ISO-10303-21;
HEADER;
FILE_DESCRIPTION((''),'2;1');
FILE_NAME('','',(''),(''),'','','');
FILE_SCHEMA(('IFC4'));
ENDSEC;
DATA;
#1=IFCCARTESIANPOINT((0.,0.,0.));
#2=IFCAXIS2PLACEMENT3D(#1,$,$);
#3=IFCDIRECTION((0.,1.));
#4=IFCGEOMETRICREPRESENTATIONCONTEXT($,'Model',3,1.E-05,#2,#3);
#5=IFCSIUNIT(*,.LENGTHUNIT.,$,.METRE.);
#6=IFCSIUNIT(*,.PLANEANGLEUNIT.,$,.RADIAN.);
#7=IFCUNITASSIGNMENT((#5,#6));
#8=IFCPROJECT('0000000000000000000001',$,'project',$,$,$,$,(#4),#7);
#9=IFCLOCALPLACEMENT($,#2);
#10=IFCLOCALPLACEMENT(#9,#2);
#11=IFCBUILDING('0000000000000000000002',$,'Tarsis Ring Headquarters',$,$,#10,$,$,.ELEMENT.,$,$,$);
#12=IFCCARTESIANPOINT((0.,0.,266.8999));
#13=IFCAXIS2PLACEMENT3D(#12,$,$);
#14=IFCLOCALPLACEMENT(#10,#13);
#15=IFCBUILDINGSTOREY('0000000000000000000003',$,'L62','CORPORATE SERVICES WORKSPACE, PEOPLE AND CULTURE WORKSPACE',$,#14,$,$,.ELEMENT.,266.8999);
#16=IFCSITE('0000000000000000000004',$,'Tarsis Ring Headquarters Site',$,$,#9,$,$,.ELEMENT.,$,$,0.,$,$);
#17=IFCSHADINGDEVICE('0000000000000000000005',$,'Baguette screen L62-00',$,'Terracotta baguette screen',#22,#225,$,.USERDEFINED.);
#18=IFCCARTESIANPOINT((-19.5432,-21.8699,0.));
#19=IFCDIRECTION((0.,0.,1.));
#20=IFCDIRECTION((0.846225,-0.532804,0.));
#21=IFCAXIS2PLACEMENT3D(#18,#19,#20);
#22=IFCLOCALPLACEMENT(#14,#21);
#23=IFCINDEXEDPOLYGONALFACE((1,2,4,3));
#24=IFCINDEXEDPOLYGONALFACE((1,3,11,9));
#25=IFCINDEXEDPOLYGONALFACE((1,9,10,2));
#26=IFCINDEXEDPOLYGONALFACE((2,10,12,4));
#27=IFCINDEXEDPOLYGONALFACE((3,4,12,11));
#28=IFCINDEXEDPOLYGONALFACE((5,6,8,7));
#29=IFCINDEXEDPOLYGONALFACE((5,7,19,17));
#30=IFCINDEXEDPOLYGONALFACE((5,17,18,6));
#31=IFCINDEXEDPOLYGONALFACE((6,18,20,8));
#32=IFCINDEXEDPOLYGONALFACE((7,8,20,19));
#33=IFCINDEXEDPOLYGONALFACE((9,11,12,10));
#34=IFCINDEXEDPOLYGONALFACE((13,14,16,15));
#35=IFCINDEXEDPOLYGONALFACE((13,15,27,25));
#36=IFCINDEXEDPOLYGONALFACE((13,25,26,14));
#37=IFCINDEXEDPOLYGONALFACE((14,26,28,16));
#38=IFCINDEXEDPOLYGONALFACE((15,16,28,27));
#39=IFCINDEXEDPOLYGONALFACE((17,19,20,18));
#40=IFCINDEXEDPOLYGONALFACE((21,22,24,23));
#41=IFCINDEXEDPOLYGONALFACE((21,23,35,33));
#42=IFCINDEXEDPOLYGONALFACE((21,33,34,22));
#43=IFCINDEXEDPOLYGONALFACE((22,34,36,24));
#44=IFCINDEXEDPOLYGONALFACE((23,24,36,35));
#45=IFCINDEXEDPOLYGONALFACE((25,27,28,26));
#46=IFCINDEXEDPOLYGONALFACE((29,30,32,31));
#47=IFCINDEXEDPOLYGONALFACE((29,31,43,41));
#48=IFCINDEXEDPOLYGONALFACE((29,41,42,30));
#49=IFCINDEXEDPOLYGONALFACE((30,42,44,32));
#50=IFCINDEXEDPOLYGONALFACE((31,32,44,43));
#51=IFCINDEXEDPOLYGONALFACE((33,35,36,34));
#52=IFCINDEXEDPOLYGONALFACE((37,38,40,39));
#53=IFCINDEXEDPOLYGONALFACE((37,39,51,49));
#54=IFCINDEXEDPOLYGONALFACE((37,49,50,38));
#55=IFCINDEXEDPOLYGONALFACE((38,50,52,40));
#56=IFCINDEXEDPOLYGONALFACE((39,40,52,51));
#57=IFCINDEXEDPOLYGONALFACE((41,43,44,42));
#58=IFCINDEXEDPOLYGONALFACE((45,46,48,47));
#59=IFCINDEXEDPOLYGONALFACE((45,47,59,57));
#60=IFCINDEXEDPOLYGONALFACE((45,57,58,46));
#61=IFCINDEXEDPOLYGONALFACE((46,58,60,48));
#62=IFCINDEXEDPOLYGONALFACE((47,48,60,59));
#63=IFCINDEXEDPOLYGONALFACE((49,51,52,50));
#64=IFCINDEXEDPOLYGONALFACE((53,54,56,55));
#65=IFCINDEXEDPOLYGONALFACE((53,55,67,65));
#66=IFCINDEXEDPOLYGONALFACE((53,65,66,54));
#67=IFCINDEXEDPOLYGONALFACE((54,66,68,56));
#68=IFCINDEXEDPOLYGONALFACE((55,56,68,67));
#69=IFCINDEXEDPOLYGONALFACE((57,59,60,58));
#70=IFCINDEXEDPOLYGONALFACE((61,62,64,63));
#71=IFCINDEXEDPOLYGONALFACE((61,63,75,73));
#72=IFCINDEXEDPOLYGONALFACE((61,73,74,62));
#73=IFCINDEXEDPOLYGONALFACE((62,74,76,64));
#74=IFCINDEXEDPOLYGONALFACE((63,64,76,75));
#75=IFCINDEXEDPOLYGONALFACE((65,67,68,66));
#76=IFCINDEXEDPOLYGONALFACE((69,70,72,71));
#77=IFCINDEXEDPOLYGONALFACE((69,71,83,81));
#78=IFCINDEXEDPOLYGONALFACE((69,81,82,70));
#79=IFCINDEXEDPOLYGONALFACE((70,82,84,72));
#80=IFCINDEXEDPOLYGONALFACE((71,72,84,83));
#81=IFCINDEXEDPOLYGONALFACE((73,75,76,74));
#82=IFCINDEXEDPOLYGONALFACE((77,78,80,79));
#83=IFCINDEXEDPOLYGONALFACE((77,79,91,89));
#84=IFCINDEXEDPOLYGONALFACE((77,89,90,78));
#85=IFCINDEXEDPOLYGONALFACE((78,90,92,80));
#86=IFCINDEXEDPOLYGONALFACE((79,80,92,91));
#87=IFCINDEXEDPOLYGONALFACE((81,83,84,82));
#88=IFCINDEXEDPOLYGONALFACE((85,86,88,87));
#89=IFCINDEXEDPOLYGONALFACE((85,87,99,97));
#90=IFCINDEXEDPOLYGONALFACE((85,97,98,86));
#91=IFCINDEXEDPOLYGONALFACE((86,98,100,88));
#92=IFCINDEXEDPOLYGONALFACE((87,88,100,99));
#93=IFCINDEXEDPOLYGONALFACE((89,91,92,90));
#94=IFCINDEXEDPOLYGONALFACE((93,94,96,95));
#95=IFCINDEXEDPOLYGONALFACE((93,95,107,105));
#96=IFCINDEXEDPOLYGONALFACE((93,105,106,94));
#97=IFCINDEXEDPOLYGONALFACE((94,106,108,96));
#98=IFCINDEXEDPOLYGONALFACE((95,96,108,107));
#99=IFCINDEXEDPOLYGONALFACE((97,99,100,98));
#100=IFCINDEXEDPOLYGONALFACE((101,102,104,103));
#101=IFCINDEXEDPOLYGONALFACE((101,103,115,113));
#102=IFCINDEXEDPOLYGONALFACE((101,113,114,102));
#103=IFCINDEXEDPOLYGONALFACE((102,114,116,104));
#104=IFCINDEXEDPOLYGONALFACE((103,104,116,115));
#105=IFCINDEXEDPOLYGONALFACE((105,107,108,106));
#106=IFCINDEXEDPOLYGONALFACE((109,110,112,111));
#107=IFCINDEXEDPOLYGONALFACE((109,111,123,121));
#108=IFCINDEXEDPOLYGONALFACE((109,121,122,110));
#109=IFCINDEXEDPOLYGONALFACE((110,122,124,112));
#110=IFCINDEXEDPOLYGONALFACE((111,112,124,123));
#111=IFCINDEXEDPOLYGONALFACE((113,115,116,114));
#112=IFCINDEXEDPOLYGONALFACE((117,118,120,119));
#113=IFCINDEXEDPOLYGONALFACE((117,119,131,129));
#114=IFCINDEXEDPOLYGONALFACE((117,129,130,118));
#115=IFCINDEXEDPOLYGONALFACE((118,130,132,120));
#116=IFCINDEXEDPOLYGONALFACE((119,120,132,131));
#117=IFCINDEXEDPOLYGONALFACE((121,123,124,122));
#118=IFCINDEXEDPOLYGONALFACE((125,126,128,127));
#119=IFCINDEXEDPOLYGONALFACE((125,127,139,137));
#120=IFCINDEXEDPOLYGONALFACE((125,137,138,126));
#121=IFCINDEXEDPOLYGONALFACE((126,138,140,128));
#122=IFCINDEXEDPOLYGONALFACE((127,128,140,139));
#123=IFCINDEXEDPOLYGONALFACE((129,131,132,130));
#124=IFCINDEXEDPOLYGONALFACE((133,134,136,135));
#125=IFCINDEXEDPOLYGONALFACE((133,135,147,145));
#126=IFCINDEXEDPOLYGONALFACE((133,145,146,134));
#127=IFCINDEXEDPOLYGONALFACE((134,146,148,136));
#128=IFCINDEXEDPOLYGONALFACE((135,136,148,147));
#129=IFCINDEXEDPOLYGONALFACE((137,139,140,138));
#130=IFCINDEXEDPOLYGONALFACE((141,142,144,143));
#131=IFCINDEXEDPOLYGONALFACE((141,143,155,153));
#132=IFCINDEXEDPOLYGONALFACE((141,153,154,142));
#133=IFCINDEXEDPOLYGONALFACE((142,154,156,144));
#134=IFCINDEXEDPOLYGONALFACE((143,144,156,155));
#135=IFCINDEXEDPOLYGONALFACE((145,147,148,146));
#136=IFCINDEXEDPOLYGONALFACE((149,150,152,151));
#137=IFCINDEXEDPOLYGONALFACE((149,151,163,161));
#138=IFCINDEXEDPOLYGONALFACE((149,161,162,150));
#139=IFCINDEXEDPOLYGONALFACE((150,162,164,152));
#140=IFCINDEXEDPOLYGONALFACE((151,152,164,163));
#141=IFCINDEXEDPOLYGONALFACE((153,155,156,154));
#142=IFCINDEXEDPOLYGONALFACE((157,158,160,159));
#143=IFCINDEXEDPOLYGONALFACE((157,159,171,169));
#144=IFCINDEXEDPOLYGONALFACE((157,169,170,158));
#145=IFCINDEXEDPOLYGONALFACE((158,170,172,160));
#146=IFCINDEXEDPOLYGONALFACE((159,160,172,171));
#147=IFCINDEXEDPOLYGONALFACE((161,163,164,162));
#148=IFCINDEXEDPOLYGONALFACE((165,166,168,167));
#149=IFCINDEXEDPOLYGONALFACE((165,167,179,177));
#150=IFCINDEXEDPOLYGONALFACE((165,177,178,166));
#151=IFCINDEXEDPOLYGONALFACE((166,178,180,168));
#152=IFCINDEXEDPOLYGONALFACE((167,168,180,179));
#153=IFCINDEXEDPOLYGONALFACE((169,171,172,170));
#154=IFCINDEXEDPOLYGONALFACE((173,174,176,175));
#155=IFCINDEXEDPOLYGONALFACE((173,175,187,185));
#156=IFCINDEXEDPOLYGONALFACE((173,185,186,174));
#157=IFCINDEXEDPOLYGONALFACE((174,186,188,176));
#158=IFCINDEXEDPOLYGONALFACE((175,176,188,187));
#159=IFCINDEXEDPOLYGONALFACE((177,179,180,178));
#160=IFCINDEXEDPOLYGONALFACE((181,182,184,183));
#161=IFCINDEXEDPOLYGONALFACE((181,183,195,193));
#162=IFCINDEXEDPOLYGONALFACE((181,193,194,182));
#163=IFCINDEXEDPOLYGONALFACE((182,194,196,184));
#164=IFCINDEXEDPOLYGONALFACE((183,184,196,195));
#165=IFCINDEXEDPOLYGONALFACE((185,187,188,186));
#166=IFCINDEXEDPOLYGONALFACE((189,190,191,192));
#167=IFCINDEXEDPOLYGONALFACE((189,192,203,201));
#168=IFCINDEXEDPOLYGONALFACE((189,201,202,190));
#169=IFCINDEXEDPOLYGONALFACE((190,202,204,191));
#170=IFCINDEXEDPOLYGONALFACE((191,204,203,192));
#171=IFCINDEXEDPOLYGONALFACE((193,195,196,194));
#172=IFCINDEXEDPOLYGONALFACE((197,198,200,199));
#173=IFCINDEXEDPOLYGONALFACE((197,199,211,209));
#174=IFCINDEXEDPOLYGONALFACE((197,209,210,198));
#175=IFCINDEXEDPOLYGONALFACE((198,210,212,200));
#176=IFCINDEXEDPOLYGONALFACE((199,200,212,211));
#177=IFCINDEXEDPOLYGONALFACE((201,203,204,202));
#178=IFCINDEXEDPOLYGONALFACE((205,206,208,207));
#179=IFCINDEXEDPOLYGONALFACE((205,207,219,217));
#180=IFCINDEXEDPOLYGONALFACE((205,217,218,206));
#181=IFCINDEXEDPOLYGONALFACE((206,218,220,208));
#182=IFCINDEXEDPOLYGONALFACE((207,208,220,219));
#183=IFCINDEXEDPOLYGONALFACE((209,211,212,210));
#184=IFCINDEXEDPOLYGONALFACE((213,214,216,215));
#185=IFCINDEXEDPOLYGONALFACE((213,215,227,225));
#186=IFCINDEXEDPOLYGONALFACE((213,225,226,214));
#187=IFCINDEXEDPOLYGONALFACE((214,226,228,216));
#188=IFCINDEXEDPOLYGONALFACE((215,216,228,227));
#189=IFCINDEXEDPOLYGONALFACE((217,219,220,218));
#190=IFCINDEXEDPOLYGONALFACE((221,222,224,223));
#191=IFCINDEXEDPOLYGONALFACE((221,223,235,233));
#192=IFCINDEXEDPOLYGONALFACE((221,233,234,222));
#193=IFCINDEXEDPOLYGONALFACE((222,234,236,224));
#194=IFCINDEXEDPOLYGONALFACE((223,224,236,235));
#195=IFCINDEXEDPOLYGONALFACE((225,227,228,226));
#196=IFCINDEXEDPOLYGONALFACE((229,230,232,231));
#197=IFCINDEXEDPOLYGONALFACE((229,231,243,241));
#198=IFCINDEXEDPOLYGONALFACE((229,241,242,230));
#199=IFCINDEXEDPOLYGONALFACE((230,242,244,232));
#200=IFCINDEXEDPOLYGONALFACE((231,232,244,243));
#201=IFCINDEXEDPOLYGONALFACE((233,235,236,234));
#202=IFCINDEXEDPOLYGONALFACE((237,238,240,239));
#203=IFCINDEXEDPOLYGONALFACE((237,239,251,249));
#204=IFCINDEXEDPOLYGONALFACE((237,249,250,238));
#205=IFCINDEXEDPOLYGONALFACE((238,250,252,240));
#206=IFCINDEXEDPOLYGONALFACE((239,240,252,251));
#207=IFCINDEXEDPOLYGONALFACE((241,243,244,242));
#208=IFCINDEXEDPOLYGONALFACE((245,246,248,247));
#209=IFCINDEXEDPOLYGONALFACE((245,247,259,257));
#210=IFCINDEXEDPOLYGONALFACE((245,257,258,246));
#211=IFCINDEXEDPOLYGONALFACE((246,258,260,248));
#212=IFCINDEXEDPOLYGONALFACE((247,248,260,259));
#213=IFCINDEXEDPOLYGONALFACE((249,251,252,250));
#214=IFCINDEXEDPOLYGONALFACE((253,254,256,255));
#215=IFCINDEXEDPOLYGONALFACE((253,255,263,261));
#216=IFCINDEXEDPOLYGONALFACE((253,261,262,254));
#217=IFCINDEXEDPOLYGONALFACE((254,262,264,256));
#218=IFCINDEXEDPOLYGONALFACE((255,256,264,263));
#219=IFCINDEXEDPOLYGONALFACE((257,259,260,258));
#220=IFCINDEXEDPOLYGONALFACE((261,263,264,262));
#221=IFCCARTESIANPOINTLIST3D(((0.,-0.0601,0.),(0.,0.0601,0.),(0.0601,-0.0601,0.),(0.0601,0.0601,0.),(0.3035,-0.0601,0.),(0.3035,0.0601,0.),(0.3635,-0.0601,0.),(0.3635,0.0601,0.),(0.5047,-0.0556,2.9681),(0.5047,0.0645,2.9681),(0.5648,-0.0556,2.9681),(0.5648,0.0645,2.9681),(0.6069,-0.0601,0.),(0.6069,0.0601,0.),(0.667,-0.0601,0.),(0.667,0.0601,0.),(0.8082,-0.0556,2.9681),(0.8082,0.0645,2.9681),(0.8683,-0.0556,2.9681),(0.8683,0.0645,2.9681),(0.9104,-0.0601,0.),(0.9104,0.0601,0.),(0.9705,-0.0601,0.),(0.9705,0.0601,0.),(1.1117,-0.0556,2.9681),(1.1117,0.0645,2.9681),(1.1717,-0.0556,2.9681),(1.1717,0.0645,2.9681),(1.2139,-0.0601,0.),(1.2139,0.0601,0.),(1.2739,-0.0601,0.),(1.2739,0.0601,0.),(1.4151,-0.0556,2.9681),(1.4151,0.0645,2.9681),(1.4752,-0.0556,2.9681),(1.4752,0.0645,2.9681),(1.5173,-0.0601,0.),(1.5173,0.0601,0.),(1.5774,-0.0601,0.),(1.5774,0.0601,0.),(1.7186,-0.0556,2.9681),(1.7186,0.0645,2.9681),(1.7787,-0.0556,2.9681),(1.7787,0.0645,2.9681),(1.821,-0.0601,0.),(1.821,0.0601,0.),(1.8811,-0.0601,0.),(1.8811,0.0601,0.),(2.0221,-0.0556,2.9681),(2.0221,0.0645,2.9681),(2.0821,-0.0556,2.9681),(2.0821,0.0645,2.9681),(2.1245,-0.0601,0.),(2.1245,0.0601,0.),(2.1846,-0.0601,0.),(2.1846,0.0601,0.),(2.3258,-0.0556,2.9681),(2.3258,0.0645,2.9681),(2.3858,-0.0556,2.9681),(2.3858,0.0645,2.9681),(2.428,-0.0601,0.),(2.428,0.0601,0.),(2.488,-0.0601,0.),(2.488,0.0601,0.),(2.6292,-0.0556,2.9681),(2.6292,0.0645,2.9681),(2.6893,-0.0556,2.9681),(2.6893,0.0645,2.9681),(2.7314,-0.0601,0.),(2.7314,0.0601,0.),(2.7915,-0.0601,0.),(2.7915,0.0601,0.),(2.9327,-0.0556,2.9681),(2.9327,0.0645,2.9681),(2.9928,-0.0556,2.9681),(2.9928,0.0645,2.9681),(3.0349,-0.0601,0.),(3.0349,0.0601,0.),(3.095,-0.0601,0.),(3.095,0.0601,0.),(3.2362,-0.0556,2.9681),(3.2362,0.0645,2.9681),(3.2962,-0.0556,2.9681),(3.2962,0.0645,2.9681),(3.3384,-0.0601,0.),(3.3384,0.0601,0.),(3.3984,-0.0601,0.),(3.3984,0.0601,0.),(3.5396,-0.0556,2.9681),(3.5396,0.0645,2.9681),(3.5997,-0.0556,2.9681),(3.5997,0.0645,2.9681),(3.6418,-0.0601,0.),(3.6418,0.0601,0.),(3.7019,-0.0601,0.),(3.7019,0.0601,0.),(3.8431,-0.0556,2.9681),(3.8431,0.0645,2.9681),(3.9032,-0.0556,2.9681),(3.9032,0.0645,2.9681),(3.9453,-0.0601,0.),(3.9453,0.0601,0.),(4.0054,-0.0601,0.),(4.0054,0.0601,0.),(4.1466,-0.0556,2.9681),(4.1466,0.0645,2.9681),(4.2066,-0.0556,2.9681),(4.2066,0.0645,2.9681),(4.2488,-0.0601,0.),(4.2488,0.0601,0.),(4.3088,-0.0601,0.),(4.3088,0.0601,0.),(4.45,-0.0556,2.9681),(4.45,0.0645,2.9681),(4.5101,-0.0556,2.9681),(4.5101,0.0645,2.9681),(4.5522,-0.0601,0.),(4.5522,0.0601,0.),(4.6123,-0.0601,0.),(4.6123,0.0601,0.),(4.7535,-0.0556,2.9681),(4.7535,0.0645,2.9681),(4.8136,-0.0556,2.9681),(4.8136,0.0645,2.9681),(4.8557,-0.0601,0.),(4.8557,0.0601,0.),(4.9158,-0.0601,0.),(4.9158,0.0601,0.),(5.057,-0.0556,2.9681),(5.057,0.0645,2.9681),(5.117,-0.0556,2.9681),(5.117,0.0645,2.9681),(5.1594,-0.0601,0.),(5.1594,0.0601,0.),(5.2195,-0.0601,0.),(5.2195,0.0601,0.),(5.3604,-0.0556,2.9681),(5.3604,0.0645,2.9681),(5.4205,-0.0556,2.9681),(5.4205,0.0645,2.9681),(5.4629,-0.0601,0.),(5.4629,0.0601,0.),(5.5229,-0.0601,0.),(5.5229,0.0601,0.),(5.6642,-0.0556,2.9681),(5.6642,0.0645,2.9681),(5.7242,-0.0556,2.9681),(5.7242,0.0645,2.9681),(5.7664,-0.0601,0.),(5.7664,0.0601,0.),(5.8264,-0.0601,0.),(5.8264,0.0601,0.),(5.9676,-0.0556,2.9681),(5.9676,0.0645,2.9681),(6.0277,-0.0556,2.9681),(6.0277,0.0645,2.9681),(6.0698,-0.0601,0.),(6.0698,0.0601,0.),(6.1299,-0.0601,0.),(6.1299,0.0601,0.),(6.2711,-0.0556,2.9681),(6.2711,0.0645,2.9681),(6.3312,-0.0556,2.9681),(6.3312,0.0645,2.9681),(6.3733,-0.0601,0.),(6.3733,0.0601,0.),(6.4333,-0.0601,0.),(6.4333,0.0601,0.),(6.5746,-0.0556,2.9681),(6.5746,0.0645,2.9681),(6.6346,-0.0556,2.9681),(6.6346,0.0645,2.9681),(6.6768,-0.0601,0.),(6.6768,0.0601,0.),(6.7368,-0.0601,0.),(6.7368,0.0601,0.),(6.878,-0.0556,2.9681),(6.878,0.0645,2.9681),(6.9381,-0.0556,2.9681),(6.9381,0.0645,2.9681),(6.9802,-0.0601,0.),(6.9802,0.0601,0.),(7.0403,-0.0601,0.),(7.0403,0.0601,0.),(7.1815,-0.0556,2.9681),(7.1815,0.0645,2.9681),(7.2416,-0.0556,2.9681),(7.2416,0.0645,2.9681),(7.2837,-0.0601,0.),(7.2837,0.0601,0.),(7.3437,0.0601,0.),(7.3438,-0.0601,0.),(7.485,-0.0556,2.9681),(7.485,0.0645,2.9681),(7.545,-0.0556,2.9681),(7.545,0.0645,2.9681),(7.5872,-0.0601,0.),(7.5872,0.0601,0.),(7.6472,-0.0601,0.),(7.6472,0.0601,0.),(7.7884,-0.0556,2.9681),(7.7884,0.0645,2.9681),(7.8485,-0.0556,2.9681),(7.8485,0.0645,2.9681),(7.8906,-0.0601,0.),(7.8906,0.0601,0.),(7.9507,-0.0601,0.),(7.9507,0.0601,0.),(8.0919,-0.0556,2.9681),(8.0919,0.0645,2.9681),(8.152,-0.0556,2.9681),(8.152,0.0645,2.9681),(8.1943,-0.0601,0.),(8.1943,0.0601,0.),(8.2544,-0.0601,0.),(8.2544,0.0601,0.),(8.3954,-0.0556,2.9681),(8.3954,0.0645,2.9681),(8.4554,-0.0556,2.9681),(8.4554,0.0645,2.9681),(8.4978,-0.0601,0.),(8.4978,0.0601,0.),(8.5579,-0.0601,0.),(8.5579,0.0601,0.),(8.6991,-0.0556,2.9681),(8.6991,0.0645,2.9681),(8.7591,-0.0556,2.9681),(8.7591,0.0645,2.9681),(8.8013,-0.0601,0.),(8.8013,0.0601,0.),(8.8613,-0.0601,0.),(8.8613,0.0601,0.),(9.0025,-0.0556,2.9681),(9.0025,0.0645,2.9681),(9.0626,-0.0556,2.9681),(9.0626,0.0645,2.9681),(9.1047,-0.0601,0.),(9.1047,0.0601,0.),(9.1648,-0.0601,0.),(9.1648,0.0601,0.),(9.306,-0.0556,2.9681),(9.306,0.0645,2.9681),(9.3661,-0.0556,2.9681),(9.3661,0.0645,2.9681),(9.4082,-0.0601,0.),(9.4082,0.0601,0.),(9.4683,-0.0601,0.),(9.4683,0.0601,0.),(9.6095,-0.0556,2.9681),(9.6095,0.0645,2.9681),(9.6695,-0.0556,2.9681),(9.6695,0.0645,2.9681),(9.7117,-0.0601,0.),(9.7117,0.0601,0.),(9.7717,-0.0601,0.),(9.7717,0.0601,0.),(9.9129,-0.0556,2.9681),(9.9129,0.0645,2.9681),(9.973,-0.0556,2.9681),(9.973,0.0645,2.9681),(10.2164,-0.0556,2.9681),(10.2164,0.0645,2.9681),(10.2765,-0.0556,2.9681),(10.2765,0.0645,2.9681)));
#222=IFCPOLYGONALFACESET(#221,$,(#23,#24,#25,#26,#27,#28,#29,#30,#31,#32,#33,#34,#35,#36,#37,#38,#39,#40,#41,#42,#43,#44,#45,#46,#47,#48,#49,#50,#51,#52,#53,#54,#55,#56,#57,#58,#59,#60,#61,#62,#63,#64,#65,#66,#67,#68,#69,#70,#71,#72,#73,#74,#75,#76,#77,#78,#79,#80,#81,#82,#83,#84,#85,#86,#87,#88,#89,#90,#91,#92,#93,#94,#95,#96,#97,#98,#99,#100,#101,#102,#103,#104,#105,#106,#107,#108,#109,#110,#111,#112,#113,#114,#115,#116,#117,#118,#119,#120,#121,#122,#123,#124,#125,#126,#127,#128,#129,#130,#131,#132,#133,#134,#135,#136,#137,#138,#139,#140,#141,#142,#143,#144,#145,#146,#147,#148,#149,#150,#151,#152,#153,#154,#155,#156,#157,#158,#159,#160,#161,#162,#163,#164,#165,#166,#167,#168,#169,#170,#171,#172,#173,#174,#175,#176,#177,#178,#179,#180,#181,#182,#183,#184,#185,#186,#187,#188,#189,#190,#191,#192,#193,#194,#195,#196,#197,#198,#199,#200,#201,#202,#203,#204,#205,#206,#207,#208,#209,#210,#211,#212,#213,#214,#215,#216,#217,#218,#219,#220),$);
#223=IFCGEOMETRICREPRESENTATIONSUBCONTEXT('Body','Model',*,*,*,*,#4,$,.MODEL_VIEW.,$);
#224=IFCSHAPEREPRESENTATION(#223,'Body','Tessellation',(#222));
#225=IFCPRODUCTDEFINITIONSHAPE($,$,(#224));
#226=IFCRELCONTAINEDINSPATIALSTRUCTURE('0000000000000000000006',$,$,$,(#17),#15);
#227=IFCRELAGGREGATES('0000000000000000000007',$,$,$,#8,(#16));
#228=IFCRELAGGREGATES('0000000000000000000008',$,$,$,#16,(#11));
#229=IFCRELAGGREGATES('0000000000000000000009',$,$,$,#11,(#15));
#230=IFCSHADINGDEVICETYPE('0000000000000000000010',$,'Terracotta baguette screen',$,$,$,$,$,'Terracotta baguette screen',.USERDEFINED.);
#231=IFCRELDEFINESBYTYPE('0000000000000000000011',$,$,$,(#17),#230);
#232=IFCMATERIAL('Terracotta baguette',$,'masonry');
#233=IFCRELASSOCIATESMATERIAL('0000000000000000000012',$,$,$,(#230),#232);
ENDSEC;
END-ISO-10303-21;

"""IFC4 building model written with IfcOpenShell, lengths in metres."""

from ifc_helpers import new_model, si_unit, direction, frame, frame_2d, origin, place, context, subcontext, project, spatial, rectangle, composite_profile, extrude, material, type_object, element, save


model = new_model("IFC4")

# Units and contexts
model_context = context("Model", 3, precision=1e-05, world=origin(), true_north=direction((0.0, 1.0)))
body_context = subcontext(model_context, "Body", "Model", "MODEL_VIEW")
ifc_project = project(units=[si_unit("LENGTHUNIT", "METRE"), si_unit("PLANEANGLEUNIT", "RADIAN")], contexts=[model_context])

# Site, building, storey
site_placement = place(None, origin())
site = spatial("IfcSite", under=ifc_project, at=site_placement, Name="Tarsis Ring Headquarters Site", CompositionType="ELEMENT", RefElevation=0.0)
building_placement = place(site_placement, origin())
building = spatial("IfcBuilding", under=site, at=building_placement, Name="Tarsis Ring Headquarters", CompositionType="ELEMENT")
storey_placement = place(building_placement, frame((0.0, 0.0, 266.8999)))
storey = spatial("IfcBuildingStorey", under=building, at=storey_placement, Name="L62", Description="CORPORATE SERVICES WORKSPACE, PEOPLE AND CULTURE WORKSPACE", CompositionType="ELEMENT", Elevation=266.8999)

# Shading device
ifc_material_1 = material(Name="Terracotta baguette", Category="masonry")
shading_device_type = type_object("IfcShadingDeviceType", Name="Terracotta baguette screen", ElementType="Terracotta baguette screen", PredefinedType="USERDEFINED", material=ifc_material_1)
shading_device_placement = place(storey_placement, frame((-19.5432, -21.8699, 0.0), z_axis=(0.0, 0.0, 1.0), x_axis=(0.846225, -0.532804, 0.0)))
element("IfcShadingDevice", 1, at=shading_device_placement, inside=storey, type_object=shading_device_type, Name="Baguette screen L62-00", ObjectType="Terracotta baguette screen", PredefinedType="USERDEFINED", context=body_context, shape_type="SweptSolid", body=[
    extrude(composite_profile([rectangle(XDim=0.0601, YDim=0.1201, at=frame_2d((0.03, 0.0))), rectangle(XDim=0.0601, YDim=0.1201, at=frame_2d((0.3335, 0.0))), rectangle(XDim=0.0601, YDim=0.1201, at=frame_2d((0.637, 0.0))), rectangle(XDim=0.0601, YDim=0.1201, at=frame_2d((0.9404, 0.0))), rectangle(XDim=0.0601, YDim=0.1201, at=frame_2d((1.2439, 0.0))), rectangle(XDim=0.0601, YDim=0.1201, at=frame_2d((1.5474, 0.0))), rectangle(XDim=0.0601, YDim=0.1201, at=frame_2d((1.8511, 0.0))), rectangle(XDim=0.0601, YDim=0.1201, at=frame_2d((2.1545, 0.0))), rectangle(XDim=0.0601, YDim=0.1201, at=frame_2d((2.458, 0.0))), rectangle(XDim=0.0601, YDim=0.1201, at=frame_2d((2.7615, 0.0))), rectangle(XDim=0.0601, YDim=0.1201, at=frame_2d((3.0649, 0.0))), rectangle(XDim=0.0601, YDim=0.1201, at=frame_2d((3.3684, 0.0))), rectangle(XDim=0.0601, YDim=0.1201, at=frame_2d((3.6719, 0.0))), rectangle(XDim=0.0601, YDim=0.1201, at=frame_2d((3.9753, 0.0))), rectangle(XDim=0.0601, YDim=0.1201, at=frame_2d((4.2788, 0.0))), rectangle(XDim=0.0601, YDim=0.1201, at=frame_2d((4.5823, 0.0))), rectangle(XDim=0.0601, YDim=0.1201, at=frame_2d((4.8857, 0.0))), rectangle(XDim=0.0601, YDim=0.1201, at=frame_2d((5.1895, 0.0))), rectangle(XDim=0.0601, YDim=0.1201, at=frame_2d((5.4929, 0.0))), rectangle(XDim=0.0601, YDim=0.1201, at=frame_2d((5.7964, 0.0))), rectangle(XDim=0.0601, YDim=0.1201, at=frame_2d((6.0999, 0.0))), rectangle(XDim=0.0601, YDim=0.1201, at=frame_2d((6.4033, 0.0))), rectangle(XDim=0.0601, YDim=0.1201, at=frame_2d((6.7068, 0.0))), rectangle(XDim=0.0601, YDim=0.1201, at=frame_2d((7.0103, 0.0))), rectangle(XDim=0.0601, YDim=0.1201, at=frame_2d((7.3137, 0.0))), rectangle(XDim=0.0601, YDim=0.1201, at=frame_2d((7.6172, 0.0))), rectangle(XDim=0.0601, YDim=0.1201, at=frame_2d((7.9207, 0.0))), rectangle(XDim=0.0601, YDim=0.1201, at=frame_2d((8.2244, 0.0))), rectangle(XDim=0.0601, YDim=0.1201, at=frame_2d((8.5278, 0.0))), rectangle(XDim=0.0601, YDim=0.1201, at=frame_2d((8.8313, 0.0))), rectangle(XDim=0.0601, YDim=0.1201, at=frame_2d((9.1348, 0.0))), rectangle(XDim=0.0601, YDim=0.1201, at=frame_2d((9.4382, 0.0))), rectangle(XDim=0.0601, YDim=0.1201, at=frame_2d((9.7417, 0.0)))]), origin(), (0.167644, 0.001465, 0.985846), 3.0107),
])

save(model, "model.ifc")
